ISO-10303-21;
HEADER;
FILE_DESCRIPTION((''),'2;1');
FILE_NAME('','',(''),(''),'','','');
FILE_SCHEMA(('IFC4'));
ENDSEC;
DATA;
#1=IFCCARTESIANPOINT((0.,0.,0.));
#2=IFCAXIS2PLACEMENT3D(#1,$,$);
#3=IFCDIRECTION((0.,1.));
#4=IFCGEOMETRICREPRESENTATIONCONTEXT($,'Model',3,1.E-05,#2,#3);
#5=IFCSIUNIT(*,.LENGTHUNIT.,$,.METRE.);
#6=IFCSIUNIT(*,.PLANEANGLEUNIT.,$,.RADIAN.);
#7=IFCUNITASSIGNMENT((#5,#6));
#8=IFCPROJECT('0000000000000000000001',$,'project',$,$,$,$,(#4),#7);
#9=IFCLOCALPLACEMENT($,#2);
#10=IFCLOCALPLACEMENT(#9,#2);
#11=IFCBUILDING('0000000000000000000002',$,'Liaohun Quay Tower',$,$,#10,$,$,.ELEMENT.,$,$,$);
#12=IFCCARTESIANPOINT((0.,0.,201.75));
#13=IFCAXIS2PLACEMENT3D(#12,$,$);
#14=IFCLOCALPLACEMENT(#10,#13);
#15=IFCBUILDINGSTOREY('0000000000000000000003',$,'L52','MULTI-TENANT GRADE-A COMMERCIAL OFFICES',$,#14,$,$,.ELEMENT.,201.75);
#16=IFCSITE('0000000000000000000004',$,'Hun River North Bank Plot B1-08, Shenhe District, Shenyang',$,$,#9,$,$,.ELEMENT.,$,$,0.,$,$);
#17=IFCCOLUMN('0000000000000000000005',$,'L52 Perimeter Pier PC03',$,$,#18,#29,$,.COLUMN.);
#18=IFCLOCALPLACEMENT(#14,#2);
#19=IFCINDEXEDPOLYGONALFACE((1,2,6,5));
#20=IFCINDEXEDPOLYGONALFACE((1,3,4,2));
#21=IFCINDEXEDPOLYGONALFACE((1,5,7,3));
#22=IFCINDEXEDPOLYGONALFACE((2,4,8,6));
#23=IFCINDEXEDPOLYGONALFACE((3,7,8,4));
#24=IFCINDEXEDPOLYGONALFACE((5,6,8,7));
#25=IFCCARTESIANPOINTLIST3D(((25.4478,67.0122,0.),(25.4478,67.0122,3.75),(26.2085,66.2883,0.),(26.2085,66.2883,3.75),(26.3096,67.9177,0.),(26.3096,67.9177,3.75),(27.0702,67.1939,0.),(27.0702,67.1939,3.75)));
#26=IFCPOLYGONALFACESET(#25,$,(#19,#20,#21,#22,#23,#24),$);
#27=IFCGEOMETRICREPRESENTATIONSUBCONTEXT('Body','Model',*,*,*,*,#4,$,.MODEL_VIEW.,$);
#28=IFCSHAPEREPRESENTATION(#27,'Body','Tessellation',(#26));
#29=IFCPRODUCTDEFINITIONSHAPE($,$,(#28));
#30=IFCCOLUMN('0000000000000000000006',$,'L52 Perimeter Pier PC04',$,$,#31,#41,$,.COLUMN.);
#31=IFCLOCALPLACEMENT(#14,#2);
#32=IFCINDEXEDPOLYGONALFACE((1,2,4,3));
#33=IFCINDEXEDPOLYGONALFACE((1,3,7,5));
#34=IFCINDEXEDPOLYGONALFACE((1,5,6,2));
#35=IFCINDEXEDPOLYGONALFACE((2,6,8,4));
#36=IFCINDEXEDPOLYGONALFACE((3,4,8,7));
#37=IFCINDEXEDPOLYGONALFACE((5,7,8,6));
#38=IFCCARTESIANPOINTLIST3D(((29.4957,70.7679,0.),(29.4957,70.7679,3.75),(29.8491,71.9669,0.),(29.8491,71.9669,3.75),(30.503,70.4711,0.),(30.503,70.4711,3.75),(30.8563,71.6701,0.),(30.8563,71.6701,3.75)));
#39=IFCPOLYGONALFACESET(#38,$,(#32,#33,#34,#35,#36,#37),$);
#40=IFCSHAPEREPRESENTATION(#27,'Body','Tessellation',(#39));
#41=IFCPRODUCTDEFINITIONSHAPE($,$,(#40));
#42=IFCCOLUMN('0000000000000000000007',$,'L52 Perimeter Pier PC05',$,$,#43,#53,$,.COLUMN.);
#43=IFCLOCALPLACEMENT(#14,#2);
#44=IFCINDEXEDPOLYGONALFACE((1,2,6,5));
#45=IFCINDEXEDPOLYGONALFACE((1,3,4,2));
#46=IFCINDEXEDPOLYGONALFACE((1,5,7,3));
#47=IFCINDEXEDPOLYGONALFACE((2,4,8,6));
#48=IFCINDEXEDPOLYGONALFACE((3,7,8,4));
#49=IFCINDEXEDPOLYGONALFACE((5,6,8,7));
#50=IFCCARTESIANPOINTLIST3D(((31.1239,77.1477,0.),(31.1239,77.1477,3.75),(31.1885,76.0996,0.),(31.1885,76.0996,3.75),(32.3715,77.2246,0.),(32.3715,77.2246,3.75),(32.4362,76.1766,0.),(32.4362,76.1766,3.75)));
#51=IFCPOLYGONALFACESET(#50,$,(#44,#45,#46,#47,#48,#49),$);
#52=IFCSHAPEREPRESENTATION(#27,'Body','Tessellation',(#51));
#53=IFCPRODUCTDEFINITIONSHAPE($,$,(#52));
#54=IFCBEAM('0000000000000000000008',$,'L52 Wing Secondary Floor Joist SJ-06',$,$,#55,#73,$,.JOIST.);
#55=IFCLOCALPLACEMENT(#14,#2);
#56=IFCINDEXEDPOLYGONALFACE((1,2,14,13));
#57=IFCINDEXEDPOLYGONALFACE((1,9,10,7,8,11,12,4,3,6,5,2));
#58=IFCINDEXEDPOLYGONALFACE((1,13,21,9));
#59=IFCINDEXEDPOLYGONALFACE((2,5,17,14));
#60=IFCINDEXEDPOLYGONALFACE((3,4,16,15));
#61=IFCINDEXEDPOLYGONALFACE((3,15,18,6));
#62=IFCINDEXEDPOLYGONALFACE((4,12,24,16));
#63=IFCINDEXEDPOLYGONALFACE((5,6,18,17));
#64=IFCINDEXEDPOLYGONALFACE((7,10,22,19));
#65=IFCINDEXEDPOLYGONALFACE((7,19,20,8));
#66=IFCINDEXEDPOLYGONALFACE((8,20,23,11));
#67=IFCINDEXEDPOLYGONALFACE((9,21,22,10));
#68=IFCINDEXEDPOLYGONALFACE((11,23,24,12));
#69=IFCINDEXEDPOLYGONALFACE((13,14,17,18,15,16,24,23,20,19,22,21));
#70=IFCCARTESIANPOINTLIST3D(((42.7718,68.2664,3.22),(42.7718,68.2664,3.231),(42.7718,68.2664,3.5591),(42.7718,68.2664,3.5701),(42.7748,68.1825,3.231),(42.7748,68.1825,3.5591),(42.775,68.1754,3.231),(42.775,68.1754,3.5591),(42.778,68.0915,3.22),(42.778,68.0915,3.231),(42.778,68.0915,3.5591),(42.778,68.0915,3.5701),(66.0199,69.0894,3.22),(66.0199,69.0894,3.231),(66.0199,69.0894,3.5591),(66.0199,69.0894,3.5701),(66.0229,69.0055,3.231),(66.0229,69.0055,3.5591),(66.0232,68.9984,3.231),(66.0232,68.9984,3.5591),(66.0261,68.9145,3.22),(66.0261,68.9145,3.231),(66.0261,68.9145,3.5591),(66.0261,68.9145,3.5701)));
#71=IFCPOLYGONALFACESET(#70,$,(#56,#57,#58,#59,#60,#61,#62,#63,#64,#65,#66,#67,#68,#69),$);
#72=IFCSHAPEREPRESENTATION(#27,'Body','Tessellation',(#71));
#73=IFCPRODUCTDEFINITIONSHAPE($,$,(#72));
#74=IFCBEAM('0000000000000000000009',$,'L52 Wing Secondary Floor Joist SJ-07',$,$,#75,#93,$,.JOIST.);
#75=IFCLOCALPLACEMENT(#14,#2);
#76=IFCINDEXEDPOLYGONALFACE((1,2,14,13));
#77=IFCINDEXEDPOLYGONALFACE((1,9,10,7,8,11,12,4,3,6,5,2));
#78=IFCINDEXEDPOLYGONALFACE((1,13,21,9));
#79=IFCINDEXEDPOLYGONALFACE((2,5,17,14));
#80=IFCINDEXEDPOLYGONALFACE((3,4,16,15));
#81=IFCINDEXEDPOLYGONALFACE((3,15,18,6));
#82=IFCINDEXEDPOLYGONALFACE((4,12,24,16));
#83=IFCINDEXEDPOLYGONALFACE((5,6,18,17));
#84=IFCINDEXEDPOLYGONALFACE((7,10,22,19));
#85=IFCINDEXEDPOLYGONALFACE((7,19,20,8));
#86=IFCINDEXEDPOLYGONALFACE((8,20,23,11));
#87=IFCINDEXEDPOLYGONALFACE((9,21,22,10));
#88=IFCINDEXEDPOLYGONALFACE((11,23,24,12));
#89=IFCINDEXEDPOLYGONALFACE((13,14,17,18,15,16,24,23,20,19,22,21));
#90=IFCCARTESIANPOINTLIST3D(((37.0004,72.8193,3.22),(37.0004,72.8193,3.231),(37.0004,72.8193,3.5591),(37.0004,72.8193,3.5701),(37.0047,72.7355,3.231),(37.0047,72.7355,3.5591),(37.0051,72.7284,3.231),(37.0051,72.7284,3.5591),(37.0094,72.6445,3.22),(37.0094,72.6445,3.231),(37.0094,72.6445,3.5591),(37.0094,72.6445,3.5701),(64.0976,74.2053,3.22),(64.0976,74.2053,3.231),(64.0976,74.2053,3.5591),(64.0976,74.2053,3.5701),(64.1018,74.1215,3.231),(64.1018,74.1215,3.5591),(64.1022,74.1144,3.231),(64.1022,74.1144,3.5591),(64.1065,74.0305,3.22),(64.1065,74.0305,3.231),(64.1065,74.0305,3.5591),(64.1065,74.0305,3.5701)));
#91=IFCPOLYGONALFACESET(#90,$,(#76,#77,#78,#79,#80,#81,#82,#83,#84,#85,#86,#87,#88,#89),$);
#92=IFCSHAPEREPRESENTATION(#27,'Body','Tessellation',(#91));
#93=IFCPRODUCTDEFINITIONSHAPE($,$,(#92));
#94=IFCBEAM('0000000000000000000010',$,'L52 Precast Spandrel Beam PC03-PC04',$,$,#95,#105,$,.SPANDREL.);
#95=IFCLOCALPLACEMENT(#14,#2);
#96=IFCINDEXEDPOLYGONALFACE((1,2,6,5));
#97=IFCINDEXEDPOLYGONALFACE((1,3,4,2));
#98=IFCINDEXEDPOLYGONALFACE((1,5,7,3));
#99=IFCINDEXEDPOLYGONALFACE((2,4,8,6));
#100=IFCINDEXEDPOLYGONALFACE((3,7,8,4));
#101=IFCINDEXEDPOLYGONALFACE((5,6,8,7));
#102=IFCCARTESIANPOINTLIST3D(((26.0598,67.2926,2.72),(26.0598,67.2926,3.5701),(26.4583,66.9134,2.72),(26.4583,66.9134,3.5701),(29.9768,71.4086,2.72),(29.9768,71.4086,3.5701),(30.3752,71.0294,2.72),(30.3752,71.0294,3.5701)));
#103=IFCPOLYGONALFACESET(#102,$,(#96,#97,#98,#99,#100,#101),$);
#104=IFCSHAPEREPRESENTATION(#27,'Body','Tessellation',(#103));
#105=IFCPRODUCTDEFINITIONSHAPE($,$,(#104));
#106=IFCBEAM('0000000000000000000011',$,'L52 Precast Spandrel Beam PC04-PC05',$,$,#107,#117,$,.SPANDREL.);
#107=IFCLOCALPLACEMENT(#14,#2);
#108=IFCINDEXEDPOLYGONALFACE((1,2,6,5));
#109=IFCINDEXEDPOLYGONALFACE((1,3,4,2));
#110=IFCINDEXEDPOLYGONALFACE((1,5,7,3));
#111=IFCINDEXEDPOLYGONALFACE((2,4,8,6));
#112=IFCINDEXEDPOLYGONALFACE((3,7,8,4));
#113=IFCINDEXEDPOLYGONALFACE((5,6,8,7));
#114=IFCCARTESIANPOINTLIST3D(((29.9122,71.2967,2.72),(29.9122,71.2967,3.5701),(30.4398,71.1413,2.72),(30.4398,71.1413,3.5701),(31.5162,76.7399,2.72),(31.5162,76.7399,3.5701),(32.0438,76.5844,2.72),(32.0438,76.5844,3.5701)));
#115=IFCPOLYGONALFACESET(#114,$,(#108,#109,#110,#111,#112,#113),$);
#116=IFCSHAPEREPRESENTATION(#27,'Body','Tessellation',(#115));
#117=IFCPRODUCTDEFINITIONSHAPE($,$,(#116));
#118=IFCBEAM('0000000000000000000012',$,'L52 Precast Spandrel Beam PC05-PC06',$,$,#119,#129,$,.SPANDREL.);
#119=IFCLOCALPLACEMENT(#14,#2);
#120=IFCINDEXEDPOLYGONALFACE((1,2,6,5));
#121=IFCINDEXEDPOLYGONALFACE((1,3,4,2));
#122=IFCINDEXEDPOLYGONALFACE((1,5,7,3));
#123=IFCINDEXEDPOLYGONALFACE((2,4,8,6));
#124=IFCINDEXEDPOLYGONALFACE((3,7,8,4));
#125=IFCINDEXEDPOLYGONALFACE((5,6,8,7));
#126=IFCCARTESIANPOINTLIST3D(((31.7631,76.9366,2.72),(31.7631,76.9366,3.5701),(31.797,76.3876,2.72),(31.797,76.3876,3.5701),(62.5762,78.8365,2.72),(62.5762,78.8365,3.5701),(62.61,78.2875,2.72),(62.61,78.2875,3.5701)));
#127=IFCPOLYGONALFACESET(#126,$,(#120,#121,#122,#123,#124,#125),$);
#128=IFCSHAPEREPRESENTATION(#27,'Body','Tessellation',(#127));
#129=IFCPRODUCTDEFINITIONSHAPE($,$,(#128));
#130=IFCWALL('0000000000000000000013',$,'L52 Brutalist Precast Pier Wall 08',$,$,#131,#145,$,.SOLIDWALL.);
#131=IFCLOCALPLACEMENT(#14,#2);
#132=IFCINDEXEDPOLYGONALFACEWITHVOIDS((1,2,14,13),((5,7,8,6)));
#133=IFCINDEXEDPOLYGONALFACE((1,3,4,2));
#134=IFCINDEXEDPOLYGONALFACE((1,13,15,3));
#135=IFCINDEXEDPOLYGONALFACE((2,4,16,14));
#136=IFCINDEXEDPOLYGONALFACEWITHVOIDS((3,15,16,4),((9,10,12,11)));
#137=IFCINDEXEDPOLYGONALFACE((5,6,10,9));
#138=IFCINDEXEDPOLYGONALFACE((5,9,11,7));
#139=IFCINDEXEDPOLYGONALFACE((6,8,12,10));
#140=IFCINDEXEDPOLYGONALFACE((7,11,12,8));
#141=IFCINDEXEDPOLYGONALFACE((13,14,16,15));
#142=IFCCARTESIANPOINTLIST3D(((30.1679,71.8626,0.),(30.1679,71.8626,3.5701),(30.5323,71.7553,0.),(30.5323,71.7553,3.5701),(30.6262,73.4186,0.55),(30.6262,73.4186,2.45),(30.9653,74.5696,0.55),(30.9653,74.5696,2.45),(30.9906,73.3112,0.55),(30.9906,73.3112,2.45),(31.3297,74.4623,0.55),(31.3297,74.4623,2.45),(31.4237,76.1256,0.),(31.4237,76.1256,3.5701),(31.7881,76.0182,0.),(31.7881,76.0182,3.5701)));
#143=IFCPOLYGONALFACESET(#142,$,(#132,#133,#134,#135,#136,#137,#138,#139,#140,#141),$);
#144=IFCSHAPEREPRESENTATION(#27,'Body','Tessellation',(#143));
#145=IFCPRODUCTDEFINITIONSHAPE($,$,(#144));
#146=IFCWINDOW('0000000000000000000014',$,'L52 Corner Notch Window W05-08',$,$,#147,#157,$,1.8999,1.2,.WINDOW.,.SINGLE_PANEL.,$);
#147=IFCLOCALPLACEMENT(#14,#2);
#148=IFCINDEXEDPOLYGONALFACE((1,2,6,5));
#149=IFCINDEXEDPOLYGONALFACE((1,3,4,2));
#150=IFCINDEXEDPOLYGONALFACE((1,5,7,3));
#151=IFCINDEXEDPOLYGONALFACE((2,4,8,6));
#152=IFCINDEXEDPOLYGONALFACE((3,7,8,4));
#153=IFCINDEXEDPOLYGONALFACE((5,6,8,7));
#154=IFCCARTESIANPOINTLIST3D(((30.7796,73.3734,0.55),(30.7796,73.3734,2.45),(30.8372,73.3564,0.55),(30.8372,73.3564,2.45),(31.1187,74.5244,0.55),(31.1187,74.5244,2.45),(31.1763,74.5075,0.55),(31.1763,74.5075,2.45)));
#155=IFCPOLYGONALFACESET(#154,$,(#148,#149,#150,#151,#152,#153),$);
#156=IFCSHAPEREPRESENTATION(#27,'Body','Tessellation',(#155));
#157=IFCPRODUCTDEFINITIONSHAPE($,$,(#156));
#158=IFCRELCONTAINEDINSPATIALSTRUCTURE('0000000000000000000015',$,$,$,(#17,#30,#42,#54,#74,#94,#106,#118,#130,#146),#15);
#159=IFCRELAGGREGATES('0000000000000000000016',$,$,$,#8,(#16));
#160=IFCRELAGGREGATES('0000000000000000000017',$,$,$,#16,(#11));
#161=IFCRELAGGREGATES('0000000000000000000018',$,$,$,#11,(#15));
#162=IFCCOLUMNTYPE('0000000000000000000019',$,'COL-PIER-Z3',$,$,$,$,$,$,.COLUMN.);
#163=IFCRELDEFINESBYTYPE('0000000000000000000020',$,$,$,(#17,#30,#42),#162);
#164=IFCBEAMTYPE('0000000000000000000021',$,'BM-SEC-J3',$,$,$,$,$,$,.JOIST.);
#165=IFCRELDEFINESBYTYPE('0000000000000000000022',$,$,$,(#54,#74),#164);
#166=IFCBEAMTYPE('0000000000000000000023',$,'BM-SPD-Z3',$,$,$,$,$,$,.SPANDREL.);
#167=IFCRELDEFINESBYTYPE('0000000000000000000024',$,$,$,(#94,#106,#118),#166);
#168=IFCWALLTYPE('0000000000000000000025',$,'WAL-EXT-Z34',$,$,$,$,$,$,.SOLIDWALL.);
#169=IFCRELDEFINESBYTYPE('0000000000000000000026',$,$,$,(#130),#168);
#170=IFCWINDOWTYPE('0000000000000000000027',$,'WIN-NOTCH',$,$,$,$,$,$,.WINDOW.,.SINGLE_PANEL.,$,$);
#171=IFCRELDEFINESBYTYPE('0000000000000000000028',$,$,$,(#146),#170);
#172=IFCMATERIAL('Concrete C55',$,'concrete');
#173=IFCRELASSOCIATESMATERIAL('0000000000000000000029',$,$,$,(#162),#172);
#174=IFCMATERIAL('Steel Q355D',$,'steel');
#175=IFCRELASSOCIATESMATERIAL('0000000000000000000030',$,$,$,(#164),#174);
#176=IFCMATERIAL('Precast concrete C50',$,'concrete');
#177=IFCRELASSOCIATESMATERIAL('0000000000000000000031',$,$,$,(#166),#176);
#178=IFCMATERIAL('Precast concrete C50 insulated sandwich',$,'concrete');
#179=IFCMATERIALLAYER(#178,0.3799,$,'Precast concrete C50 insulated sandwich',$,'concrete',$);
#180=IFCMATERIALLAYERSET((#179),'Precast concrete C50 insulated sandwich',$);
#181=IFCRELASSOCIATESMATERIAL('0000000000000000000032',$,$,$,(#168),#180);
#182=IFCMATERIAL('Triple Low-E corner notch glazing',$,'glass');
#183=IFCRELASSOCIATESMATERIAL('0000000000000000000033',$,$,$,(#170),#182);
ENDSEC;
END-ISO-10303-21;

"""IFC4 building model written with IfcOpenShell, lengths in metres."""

from ifc_helpers import new_model, si_unit, direction, frame, frame_2d, origin, origin_2d, place, context, subcontext, project, spatial, rectangle, i_section, extrude, source, transform, mapped, material, layer, layer_set, material_profile, profile_set, type_object, element, fill, save


model = new_model("IFC4")

# Units and contexts
model_context = context("Model", 3, precision=1e-05, world=origin(), true_north=direction((0.0, 1.0)))
body_context = subcontext(model_context, "Body", "Model", "MODEL_VIEW")
ifc_project = project(units=[si_unit("LENGTHUNIT", "METRE"), si_unit("PLANEANGLEUNIT", "RADIAN")], contexts=[model_context])

# Site, building, storey
site_placement = place(None, origin())
site = spatial("IfcSite", under=ifc_project, at=site_placement, Name="Hun River North Bank Plot B1-08, Shenhe District, Shenyang", CompositionType="ELEMENT", RefElevation=0.0)
building_placement = place(site_placement, origin())
building = spatial("IfcBuilding", under=site, at=building_placement, Name="Liaohun Quay Tower", CompositionType="ELEMENT")
storey_placement = place(building_placement, frame((0.0, 0.0, 201.75)))
storey = spatial("IfcBuildingStorey", under=building, at=storey_placement, Name="L52", Description="MULTI-TENANT GRADE-A COMMERCIAL OFFICES", CompositionType="ELEMENT", Elevation=201.75)

# Columns
ifc_material_1 = material(Name="Concrete C55", Category="concrete")
ifc_material_profile_1 = material_profile(ifc_material_1, rectangle(XDim=1.25, YDim=1.05, at=origin_2d()), Name="RC1250x1050")
ifc_profile_set_1 = profile_set([ifc_material_profile_1], Name="Concrete C55")
column_type = type_object("IfcColumnType", Name="COL-PIER-Z3", PredefinedType="COLUMN", material=ifc_profile_set_1)
shared_shape_1 = source(origin(), body_context, "Body", "SweptSolid", [
    extrude(rectangle(XDim=1.25, YDim=1.05, at=origin_2d()), origin(), (0.0, 0.0, 1.0), 3.75),
])
for number, where, z_axis, x_axis, name in (
    (1, (26.259, 67.103, 0.0), (0.0, 0.0, 1.0), (0.689367, 0.724413, 0.0), "L52 Perimeter Pier PC03"),
    (2, (30.176, 71.219, 0.0), (0.0, 0.0, 1.0), (0.282676, 0.959215, 0.0), "L52 Perimeter Pier PC04"),
    (3, (31.78, 76.6621, 0.0), (0.0, 0.0, 1.0), (0.998103, 0.061571, 0.0), "L52 Perimeter Pier PC05"),
):
    element("IfcColumn", number, at=place(storey_placement, frame(where, z_axis=z_axis, x_axis=x_axis)), inside=storey, type_object=column_type, Name=name, PredefinedType="COLUMN", context=body_context, shape_type="MappedRepresentation", body=[
        mapped(shared_shape_1, transform((0.0, 0.0, 0.0), x_axis=(1.0, 0.0, 0.0), y_axis=(0.0, 1.0, 0.0), z_axis=(0.0, 0.0, 1.0), scale=1.0)),
    ])

# Beams
ifc_material_2 = material(Name="Steel Q355D", Category="steel")
ifc_material_profile_2 = material_profile(ifc_material_2, i_section(OverallWidth=0.175, OverallDepth=0.3501, WebThickness=0.0071, FlangeThickness=0.011, at=origin_2d()), Name="HN350x175x7x11")
ifc_profile_set_2 = profile_set([ifc_material_profile_2], Name="Steel Q355D")
beam_type_1 = type_object("IfcBeamType", Name="BM-SEC-J3", PredefinedType="JOIST", material=ifc_profile_set_2)
shared_shape_2 = source(origin(), body_context, "Body", "SweptSolid", [
    extrude(i_section(OverallWidth=0.175, OverallDepth=0.3501, WebThickness=0.0071, FlangeThickness=0.011, at=origin_2d()), origin(), (0.0, 0.0, 1.0), 23.2627),
])
beam_1_placement = place(storey_placement, frame((42.7749, 68.179, 3.395), z_axis=(0.999374, 0.035379, 0.0), x_axis=(-0.035379, 0.999374, 0.0)))
element("IfcBeam", 4, at=beam_1_placement, inside=storey, type_object=beam_type_1, Name="L52 Wing Secondary Floor Joist SJ-06", PredefinedType="JOIST", context=body_context, shape_type="MappedRepresentation", body=[
    mapped(shared_shape_2, transform((0.0, 0.0, 0.0), x_axis=(1.0, 0.0, 0.0), y_axis=(0.0, 1.0, 0.0), z_axis=(0.0, 0.0, 1.0), scale=1.0)),
])
shared_shape_3 = source(origin(), body_context, "Body", "SweptSolid", [
    extrude(i_section(OverallWidth=0.175, OverallDepth=0.3501, WebThickness=0.0071, FlangeThickness=0.011, at=origin_2d()), origin(), (0.0, 0.0, 1.0), 27.1326),
])
beam_2_placement = place(storey_placement, frame((37.0049, 72.7319, 3.395), z_axis=(0.998694, 0.051082, 0.0), x_axis=(-0.051082, 0.998694, 0.0)))
element("IfcBeam", 5, at=beam_2_placement, inside=storey, type_object=beam_type_1, Name="L52 Wing Secondary Floor Joist SJ-07", PredefinedType="JOIST", context=body_context, shape_type="MappedRepresentation", body=[
    mapped(shared_shape_3, transform((0.0, 0.0, 0.0), x_axis=(1.0, 0.0, 0.0), y_axis=(0.0, 1.0, 0.0), z_axis=(0.0, 0.0, 1.0), scale=1.0)),
])
ifc_material_3 = material(Name="Precast concrete C50", Category="concrete")
ifc_material_profile_3 = material_profile(ifc_material_3, rectangle(XDim=0.55, YDim=0.8501, at=origin_2d()), Name="RC550x850")
ifc_profile_set_3 = profile_set([ifc_material_profile_3], Name="Precast concrete C50")
beam_type_2 = type_object("IfcBeamType", Name="BM-SPD-Z3", PredefinedType="SPANDREL", material=ifc_profile_set_3)
shared_shape_4 = source(origin(), body_context, "Body", "SweptSolid", [
    extrude(rectangle(XDim=0.55, YDim=0.8501, at=origin_2d()), origin(), (0.0, 0.0, 1.0), 5.6819),
])
beam_3_placement = place(storey_placement, frame((26.259, 67.103, 3.145), z_axis=(0.68938, 0.724399, 0.0), x_axis=(-0.724399, 0.68938, 0.0)))
element("IfcBeam", 6, at=beam_3_placement, inside=storey, type_object=beam_type_2, Name="L52 Precast Spandrel Beam PC03-PC04", PredefinedType="SPANDREL", context=body_context, shape_type="MappedRepresentation", body=[
    mapped(shared_shape_4, transform((0.0, 0.0, 0.0), x_axis=(1.0, 0.0, 0.0), y_axis=(0.0, 1.0, 0.0), z_axis=(0.0, 0.0, 1.0), scale=1.0)),
])
shared_shape_5 = source(origin(), body_context, "Body", "SweptSolid", [
    extrude(rectangle(XDim=0.55, YDim=0.8501, at=origin_2d()), origin(), (0.0, 0.0, 1.0), 5.6746),
])
beam_4_placement = place(storey_placement, frame((30.176, 71.219, 3.145), z_axis=(0.282667, 0.959218, 0.0), x_axis=(-0.959218, 0.282667, 0.0)))
element("IfcBeam", 7, at=beam_4_placement, inside=storey, type_object=beam_type_2, Name="L52 Precast Spandrel Beam PC04-PC05", PredefinedType="SPANDREL", context=body_context, shape_type="MappedRepresentation", body=[
    mapped(shared_shape_5, transform((0.0, 0.0, 0.0), x_axis=(1.0, 0.0, 0.0), y_axis=(0.0, 1.0, 0.0), z_axis=(0.0, 0.0, 1.0), scale=1.0)),
])
shared_shape_6 = source(origin(), body_context, "Body", "SweptSolid", [
    extrude(rectangle(XDim=0.55, YDim=0.8501, at=origin_2d()), origin(), (0.0, 0.0, 1.0), 30.8716),
])
beam_5_placement = place(storey_placement, frame((31.78, 76.6621, 3.145), z_axis=(0.998104, 0.061542, 0.0), x_axis=(-0.061542, 0.998104, 0.0)))
element("IfcBeam", 8, at=beam_5_placement, inside=storey, type_object=beam_type_2, Name="L52 Precast Spandrel Beam PC05-PC06", PredefinedType="SPANDREL", context=body_context, shape_type="MappedRepresentation", body=[
    mapped(shared_shape_6, transform((0.0, 0.0, 0.0), x_axis=(1.0, 0.0, 0.0), y_axis=(0.0, 1.0, 0.0), z_axis=(0.0, 0.0, 1.0), scale=1.0)),
])

# Wall, opening, window
ifc_material_4 = material(Name="Precast concrete C50 insulated sandwich", Category="concrete")
ifc_layer_1 = layer(ifc_material_4, 0.3799, Name="Precast concrete C50 insulated sandwich", Category="concrete")
ifc_layer_set_1 = layer_set([ifc_layer_1], Name="Precast concrete C50 insulated sandwich")
wall_type_1 = type_object("IfcWallType", Name="WAL-EXT-Z34", PredefinedType="SOLIDWALL", material=ifc_layer_set_1)
wall_1_placement = place(storey_placement, frame((31.606, 76.072, 0.0), z_axis=(0.0, 0.0, 1.0), x_axis=(-0.282592, -0.95924, 0.0)))
wall_1 = element("IfcWall", 9, at=wall_1_placement, inside=storey, type_object=wall_type_1, Name="L52 Brutalist Precast Pier Wall 08", PredefinedType="SOLIDWALL", context=body_context, shape_type="SweptSolid", body=[
    extrude(rectangle(XDim=4.4441, YDim=0.3799, at=frame_2d((2.2222, 0.0))), origin(), (0.0, 0.0, 1.0), 3.5701),
])
shared_shape_7 = source(origin(), body_context, "Body", "SweptSolid", [
    extrude(rectangle(XDim=1.2, YDim=1.8999, at=frame_2d((0.6001, 0.95))), frame((0.0, 0.2, 0.0), z_axis=(0.0, -1.0, 0.0), x_axis=(1.0, 0.0, 0.0)), (0.0, 0.0, 1.0), 0.3999),
])
opening_1_placement = place(wall_1_placement, frame((1.6221, 0.0, 0.55)))
opening_1 = element("IfcOpeningElement", 10, at=opening_1_placement, cuts=wall_1, PredefinedType="OPENING", context=body_context, shape_type="MappedRepresentation", body=[
    mapped(shared_shape_7, transform((0.0, 0.0, 0.0), x_axis=(1.0, 0.0, 0.0), y_axis=(0.0, 1.0, 0.0), z_axis=(0.0, 0.0, 1.0), scale=1.0)),
])
ifc_material_5 = material(Name="Triple Low-E corner notch glazing", Category="glass")
window_type_1 = type_object("IfcWindowType", Name="WIN-NOTCH", PartitioningType="SINGLE_PANEL", PredefinedType="WINDOW", material=ifc_material_5)
shared_shape_8 = source(origin(), body_context, "Body", "SweptSolid", [
    extrude(rectangle(XDim=1.2, YDim=1.8999, at=frame_2d((0.6001, 0.95))), frame((0.0, 0.03, 0.0), z_axis=(0.0, -1.0, 0.0), x_axis=(1.0, 0.0, 0.0)), (0.0, 0.0, 1.0), 0.0601),
])
window_1_placement = place(opening_1_placement, origin())
window_1 = element("IfcWindow", 11, at=window_1_placement, inside=storey, type_object=window_type_1, Name="L52 Corner Notch Window W05-08", OverallHeight=1.8999, OverallWidth=1.2, PartitioningType="SINGLE_PANEL", PredefinedType="WINDOW", context=body_context, shape_type="MappedRepresentation", body=[
    mapped(shared_shape_8, transform((0.0, 0.0, 0.0), x_axis=(1.0, 0.0, 0.0), y_axis=(0.0, 1.0, 0.0), z_axis=(0.0, 0.0, 1.0), scale=1.0)),
])
fill(opening_1, window_1)

save(model, "model.ifc")
